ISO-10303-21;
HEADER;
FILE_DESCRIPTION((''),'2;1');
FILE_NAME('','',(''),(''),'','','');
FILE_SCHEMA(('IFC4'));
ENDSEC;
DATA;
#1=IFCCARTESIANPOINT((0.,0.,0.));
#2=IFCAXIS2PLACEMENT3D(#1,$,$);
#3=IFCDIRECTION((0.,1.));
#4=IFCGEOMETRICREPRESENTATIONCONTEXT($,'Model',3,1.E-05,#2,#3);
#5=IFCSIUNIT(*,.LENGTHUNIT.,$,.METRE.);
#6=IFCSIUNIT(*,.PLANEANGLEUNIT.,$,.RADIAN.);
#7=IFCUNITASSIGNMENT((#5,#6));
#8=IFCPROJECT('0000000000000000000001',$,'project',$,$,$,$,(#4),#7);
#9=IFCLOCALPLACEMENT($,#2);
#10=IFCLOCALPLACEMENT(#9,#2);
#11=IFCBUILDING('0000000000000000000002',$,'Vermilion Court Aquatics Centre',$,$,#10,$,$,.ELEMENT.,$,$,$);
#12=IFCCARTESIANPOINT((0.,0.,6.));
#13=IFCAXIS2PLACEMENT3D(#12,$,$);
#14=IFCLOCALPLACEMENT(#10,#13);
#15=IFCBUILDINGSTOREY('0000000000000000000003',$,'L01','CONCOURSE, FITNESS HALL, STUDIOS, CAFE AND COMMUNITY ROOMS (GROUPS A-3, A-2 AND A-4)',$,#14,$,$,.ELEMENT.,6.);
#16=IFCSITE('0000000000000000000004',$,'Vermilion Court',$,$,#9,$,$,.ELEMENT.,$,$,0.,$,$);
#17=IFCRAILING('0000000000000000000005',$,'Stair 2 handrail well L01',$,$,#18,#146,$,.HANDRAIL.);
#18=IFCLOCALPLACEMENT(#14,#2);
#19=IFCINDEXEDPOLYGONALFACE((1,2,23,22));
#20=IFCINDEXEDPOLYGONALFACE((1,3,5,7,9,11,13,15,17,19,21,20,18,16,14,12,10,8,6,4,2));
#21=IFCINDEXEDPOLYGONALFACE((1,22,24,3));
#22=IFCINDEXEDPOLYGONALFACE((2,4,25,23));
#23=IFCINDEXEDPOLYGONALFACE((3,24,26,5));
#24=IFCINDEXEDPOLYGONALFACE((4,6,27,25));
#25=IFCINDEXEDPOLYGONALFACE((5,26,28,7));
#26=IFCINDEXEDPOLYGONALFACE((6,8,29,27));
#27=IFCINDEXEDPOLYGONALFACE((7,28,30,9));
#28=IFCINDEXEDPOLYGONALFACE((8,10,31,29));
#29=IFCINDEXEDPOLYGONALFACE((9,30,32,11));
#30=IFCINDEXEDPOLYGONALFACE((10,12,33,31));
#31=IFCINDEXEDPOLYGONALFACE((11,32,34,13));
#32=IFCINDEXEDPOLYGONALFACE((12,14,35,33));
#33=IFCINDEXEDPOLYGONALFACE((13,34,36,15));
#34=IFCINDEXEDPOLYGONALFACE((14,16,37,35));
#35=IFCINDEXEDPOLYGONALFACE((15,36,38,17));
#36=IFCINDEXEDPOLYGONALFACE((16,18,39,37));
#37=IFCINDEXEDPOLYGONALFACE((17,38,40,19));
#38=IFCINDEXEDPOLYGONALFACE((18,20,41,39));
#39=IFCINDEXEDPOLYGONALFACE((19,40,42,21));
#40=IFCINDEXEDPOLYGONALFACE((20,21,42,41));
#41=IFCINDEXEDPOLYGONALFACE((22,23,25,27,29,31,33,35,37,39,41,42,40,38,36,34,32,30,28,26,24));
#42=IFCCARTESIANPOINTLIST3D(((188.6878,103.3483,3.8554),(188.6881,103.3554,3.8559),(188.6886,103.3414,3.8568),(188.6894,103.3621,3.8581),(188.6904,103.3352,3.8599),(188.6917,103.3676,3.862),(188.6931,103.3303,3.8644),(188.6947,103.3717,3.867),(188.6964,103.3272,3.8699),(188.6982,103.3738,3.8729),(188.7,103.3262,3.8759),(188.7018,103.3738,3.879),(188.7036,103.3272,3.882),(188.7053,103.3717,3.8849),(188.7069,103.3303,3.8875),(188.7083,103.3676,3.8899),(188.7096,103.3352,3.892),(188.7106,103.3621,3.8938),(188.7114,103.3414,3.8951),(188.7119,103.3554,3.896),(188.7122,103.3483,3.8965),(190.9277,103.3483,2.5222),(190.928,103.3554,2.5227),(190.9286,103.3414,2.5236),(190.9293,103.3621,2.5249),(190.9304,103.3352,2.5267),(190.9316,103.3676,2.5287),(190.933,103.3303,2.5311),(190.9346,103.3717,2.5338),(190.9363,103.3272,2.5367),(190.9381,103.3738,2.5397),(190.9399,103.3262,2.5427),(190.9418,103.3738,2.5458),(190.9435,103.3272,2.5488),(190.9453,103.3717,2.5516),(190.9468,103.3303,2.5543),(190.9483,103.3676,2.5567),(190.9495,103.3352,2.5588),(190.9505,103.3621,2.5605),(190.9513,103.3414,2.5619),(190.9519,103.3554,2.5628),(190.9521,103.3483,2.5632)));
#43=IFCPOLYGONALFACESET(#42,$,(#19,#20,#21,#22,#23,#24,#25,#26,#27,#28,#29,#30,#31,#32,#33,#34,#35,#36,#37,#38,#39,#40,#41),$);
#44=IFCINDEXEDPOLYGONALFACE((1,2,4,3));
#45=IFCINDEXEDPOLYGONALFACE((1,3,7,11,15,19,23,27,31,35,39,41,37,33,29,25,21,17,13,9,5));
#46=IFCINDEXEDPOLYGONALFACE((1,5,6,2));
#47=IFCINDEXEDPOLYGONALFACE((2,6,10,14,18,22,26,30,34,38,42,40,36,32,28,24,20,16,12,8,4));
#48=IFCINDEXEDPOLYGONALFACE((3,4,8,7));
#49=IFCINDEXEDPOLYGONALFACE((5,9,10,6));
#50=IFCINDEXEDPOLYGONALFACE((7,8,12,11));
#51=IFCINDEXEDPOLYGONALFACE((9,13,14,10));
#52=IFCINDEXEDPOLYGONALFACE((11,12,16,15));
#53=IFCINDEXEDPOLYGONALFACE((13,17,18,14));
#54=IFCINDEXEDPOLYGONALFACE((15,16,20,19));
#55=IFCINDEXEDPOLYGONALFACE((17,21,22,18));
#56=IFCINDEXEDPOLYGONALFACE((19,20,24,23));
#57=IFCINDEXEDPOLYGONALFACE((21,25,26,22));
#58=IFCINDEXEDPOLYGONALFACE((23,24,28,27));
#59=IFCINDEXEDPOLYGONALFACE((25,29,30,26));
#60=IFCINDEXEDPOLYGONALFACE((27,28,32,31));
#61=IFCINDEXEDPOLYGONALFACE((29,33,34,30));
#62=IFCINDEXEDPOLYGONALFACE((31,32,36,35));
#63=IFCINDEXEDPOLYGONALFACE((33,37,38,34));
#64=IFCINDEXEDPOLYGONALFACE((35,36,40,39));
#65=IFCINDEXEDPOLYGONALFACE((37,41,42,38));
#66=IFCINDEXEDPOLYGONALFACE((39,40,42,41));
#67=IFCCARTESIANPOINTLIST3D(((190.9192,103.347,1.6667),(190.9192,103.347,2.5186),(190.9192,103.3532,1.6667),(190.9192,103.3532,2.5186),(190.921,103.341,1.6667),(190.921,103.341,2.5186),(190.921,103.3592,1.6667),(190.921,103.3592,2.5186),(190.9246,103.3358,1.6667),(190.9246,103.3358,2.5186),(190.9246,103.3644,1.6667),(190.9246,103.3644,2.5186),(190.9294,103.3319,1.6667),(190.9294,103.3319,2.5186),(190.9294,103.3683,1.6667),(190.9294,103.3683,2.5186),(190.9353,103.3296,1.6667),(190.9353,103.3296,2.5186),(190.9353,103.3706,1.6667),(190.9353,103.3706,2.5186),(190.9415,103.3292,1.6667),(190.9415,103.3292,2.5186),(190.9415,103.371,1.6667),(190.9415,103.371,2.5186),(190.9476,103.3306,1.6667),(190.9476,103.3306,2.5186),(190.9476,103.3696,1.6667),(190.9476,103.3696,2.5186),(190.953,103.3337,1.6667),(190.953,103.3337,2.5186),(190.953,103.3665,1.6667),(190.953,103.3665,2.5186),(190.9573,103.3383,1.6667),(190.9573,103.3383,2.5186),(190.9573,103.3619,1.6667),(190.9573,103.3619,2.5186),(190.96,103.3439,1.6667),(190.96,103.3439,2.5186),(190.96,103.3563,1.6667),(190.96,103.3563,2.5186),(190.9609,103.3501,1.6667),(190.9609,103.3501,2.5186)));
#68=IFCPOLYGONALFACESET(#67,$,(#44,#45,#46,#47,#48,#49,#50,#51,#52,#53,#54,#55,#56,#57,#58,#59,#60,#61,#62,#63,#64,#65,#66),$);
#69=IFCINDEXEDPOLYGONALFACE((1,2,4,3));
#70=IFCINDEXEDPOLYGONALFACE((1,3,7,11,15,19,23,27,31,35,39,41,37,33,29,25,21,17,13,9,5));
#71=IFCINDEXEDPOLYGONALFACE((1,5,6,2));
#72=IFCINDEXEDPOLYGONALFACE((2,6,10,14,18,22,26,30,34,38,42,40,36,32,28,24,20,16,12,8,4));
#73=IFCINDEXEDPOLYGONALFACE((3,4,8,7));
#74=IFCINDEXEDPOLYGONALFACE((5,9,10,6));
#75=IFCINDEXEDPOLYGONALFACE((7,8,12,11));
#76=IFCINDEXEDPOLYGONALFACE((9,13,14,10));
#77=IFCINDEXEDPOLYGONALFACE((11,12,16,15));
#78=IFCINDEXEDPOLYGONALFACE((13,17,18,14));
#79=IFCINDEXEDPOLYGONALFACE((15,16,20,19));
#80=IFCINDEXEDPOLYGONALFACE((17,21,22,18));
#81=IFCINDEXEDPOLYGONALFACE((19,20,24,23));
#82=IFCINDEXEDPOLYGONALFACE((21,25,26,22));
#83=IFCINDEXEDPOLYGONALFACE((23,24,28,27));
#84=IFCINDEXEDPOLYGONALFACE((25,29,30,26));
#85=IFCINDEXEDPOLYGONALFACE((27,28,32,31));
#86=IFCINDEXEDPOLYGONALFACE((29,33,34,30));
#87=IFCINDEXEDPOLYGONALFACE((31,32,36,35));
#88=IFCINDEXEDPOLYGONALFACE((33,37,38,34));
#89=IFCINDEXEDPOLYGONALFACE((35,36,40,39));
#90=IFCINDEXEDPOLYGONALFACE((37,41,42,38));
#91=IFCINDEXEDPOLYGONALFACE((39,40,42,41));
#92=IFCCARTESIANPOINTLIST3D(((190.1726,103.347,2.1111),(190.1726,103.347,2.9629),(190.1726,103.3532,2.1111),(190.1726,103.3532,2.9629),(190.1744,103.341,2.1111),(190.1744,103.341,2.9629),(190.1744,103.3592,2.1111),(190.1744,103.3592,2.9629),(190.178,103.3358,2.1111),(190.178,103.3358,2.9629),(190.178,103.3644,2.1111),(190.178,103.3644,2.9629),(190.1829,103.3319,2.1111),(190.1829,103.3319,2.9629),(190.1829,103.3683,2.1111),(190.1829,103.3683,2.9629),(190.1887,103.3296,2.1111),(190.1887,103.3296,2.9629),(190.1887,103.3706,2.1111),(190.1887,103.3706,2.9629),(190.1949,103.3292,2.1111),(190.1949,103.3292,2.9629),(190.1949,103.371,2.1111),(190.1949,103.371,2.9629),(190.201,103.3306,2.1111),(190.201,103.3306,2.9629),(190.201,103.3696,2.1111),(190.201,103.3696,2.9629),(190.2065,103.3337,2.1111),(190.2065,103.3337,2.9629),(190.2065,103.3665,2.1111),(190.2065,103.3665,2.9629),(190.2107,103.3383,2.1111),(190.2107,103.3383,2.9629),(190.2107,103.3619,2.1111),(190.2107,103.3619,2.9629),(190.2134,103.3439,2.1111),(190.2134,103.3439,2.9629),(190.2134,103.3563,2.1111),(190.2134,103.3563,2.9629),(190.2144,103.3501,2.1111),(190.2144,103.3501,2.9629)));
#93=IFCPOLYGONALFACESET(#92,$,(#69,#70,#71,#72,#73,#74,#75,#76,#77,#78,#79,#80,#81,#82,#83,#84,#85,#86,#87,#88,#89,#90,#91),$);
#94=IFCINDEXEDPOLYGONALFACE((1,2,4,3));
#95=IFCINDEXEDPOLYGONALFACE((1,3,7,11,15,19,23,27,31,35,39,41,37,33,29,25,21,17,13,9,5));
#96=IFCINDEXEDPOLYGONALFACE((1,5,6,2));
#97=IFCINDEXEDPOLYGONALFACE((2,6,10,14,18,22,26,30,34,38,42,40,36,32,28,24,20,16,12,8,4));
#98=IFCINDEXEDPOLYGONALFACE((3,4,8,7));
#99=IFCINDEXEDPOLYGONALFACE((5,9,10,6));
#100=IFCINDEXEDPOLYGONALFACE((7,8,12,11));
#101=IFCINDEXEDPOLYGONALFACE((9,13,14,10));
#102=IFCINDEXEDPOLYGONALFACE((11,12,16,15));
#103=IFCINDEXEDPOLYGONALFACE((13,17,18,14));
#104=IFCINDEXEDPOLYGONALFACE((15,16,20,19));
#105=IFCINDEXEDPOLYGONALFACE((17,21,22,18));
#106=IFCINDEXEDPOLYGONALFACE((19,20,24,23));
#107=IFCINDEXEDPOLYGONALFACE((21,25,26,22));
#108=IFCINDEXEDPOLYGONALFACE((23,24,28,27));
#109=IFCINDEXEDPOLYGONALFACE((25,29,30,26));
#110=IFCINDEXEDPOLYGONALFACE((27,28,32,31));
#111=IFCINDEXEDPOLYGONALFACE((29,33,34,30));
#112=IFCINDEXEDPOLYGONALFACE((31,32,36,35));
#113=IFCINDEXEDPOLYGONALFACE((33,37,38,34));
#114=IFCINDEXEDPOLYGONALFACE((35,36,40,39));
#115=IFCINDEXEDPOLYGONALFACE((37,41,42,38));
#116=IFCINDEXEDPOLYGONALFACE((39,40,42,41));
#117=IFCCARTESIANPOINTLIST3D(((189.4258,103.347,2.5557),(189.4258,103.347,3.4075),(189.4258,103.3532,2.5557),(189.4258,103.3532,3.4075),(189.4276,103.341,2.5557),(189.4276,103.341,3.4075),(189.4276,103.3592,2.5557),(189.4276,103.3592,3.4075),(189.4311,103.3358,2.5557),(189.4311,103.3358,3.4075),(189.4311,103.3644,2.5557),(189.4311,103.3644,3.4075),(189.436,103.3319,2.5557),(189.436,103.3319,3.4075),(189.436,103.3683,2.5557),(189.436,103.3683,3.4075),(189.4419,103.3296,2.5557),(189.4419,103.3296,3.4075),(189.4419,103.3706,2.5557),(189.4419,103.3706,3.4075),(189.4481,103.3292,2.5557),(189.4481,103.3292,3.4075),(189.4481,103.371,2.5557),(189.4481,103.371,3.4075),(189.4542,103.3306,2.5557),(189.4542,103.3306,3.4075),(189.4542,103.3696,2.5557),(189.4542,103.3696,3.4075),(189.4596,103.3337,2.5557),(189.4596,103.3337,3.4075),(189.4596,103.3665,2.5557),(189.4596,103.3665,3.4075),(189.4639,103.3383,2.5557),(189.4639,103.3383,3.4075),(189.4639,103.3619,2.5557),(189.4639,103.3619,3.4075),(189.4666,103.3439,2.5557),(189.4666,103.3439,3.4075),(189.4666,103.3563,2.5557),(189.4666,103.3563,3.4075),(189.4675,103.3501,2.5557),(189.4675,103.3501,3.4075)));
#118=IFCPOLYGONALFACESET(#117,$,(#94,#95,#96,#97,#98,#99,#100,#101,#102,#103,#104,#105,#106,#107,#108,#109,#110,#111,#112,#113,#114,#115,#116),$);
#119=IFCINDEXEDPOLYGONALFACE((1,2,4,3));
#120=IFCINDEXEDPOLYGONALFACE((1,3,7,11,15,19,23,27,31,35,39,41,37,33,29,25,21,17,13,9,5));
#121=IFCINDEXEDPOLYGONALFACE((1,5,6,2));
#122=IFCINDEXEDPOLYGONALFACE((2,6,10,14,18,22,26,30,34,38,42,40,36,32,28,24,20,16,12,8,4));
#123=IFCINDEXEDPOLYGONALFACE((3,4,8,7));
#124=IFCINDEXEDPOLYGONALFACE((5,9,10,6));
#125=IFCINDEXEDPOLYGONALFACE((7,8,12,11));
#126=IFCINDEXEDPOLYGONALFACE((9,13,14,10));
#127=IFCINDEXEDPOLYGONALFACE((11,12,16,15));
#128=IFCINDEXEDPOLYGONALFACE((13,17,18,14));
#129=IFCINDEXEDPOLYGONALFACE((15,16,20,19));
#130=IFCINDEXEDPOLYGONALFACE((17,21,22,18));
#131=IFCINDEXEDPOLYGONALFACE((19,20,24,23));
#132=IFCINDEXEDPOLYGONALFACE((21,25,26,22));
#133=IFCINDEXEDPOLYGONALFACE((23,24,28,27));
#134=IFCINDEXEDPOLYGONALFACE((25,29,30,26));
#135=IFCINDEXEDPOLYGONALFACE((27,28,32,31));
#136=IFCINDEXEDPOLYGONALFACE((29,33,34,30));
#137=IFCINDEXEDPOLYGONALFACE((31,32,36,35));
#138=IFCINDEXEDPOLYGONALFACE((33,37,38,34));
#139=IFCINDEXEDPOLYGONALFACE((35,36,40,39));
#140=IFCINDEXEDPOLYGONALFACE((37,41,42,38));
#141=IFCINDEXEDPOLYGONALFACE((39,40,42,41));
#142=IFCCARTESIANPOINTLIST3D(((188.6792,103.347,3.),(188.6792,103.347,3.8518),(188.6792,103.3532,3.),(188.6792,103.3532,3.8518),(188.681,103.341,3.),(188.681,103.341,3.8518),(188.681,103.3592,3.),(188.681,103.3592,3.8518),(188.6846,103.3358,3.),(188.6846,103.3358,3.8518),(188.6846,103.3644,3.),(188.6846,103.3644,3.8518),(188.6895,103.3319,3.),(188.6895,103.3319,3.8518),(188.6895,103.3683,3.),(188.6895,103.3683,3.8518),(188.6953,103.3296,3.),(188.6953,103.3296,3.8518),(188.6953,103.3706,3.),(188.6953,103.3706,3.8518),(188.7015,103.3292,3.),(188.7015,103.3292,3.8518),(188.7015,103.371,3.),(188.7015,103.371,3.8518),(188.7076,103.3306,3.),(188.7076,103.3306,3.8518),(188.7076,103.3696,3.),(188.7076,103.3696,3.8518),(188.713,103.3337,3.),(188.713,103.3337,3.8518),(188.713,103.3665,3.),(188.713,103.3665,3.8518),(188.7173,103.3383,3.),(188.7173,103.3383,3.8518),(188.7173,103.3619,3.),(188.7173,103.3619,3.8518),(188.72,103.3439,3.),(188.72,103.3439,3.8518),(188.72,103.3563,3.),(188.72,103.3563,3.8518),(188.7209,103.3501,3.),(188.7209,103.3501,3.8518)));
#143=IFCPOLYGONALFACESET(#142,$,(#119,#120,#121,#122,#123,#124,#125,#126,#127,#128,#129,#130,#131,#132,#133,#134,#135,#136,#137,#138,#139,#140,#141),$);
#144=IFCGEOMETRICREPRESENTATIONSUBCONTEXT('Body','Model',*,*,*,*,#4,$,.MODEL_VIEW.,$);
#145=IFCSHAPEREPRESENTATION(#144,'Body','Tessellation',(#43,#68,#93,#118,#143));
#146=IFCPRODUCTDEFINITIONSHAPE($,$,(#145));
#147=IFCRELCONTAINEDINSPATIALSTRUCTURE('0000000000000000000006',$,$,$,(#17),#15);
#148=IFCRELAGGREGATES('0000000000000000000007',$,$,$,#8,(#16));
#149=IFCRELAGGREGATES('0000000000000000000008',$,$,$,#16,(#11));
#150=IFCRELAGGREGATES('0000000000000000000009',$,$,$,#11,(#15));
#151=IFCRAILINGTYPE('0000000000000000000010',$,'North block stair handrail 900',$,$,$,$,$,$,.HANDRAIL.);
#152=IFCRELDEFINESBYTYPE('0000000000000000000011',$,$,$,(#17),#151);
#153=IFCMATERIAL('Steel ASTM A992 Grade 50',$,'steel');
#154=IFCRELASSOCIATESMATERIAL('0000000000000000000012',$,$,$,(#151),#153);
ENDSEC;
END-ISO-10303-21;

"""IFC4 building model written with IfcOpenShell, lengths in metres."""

from ifc_helpers import new_model, si_unit, direction, frame, origin, origin_2d, place, context, subcontext, project, spatial, circle, extrude, material, type_object, element, save


model = new_model("IFC4")

# Units and contexts
model_context = context("Model", 3, precision=1e-05, world=origin(), true_north=direction((0.0, 1.0)))
body_context = subcontext(model_context, "Body", "Model", "MODEL_VIEW")
ifc_project = project(units=[si_unit("LENGTHUNIT", "METRE"), si_unit("PLANEANGLEUNIT", "RADIAN")], contexts=[model_context])

# Site, building, storey
site_placement = place(None, origin())
site = spatial("IfcSite", under=ifc_project, at=site_placement, Name="Vermilion Court", CompositionType="ELEMENT", RefElevation=0.0)
building_placement = place(site_placement, origin())
building = spatial("IfcBuilding", under=site, at=building_placement, Name="Vermilion Court Aquatics Centre", CompositionType="ELEMENT")
storey_placement = place(building_placement, frame((0.0, 0.0, 6.0)))
storey = spatial("IfcBuildingStorey", under=building, at=storey_placement, Name="L01", Description="CONCOURSE, FITNESS HALL, STUDIOS, CAFE AND COMMUNITY ROOMS (GROUPS A-3, A-2 AND A-4)", CompositionType="ELEMENT", Elevation=6.0)

# Railing
ifc_material_1 = material(Name="Steel ASTM A992 Grade 50", Category="steel")
railing_type_1 = type_object("IfcRailingType", Name="North block stair handrail 900", PredefinedType="HANDRAIL", material=ifc_material_1)
for number, where, name in (
    (1, (190.9399, 103.3501, 1.6667), "Stair 2 handrail well L01"),
):
    element("IfcRailing", number, at=place(storey_placement, frame(where)), inside=storey, type_object=railing_type_1, Name=name, PredefinedType="HANDRAIL", context=body_context, shape_type="SweptSolid", body=[
        extrude(circle(Radius=0.0239, at=origin_2d()), frame((0.0, 0.0, 0.876), z_axis=(-0.859306, 0.0, 0.511462), x_axis=(0.0, -1.0, 0.0)), (0.0, 0.0, 1.0), 2.6067),
        extrude(circle(Radius=0.021, at=origin_2d()), origin(), (0.0, 0.0, 1.0), 0.8518),
        extrude(circle(Radius=0.021, at=origin_2d()), frame((-0.7466, 0.0, 0.4443)), (0.0, 0.0, 1.0), 0.8518),
        extrude(circle(Radius=0.021, at=origin_2d()), frame((-1.4934, 0.0, 0.8889)), (0.0, 0.0, 1.0), 0.8518),
        extrude(circle(Radius=0.021, at=origin_2d()), frame((-2.24, 0.0, 1.3333)), (0.0, 0.0, 1.0), 0.8518),
    ])

save(model, "model.ifc")
